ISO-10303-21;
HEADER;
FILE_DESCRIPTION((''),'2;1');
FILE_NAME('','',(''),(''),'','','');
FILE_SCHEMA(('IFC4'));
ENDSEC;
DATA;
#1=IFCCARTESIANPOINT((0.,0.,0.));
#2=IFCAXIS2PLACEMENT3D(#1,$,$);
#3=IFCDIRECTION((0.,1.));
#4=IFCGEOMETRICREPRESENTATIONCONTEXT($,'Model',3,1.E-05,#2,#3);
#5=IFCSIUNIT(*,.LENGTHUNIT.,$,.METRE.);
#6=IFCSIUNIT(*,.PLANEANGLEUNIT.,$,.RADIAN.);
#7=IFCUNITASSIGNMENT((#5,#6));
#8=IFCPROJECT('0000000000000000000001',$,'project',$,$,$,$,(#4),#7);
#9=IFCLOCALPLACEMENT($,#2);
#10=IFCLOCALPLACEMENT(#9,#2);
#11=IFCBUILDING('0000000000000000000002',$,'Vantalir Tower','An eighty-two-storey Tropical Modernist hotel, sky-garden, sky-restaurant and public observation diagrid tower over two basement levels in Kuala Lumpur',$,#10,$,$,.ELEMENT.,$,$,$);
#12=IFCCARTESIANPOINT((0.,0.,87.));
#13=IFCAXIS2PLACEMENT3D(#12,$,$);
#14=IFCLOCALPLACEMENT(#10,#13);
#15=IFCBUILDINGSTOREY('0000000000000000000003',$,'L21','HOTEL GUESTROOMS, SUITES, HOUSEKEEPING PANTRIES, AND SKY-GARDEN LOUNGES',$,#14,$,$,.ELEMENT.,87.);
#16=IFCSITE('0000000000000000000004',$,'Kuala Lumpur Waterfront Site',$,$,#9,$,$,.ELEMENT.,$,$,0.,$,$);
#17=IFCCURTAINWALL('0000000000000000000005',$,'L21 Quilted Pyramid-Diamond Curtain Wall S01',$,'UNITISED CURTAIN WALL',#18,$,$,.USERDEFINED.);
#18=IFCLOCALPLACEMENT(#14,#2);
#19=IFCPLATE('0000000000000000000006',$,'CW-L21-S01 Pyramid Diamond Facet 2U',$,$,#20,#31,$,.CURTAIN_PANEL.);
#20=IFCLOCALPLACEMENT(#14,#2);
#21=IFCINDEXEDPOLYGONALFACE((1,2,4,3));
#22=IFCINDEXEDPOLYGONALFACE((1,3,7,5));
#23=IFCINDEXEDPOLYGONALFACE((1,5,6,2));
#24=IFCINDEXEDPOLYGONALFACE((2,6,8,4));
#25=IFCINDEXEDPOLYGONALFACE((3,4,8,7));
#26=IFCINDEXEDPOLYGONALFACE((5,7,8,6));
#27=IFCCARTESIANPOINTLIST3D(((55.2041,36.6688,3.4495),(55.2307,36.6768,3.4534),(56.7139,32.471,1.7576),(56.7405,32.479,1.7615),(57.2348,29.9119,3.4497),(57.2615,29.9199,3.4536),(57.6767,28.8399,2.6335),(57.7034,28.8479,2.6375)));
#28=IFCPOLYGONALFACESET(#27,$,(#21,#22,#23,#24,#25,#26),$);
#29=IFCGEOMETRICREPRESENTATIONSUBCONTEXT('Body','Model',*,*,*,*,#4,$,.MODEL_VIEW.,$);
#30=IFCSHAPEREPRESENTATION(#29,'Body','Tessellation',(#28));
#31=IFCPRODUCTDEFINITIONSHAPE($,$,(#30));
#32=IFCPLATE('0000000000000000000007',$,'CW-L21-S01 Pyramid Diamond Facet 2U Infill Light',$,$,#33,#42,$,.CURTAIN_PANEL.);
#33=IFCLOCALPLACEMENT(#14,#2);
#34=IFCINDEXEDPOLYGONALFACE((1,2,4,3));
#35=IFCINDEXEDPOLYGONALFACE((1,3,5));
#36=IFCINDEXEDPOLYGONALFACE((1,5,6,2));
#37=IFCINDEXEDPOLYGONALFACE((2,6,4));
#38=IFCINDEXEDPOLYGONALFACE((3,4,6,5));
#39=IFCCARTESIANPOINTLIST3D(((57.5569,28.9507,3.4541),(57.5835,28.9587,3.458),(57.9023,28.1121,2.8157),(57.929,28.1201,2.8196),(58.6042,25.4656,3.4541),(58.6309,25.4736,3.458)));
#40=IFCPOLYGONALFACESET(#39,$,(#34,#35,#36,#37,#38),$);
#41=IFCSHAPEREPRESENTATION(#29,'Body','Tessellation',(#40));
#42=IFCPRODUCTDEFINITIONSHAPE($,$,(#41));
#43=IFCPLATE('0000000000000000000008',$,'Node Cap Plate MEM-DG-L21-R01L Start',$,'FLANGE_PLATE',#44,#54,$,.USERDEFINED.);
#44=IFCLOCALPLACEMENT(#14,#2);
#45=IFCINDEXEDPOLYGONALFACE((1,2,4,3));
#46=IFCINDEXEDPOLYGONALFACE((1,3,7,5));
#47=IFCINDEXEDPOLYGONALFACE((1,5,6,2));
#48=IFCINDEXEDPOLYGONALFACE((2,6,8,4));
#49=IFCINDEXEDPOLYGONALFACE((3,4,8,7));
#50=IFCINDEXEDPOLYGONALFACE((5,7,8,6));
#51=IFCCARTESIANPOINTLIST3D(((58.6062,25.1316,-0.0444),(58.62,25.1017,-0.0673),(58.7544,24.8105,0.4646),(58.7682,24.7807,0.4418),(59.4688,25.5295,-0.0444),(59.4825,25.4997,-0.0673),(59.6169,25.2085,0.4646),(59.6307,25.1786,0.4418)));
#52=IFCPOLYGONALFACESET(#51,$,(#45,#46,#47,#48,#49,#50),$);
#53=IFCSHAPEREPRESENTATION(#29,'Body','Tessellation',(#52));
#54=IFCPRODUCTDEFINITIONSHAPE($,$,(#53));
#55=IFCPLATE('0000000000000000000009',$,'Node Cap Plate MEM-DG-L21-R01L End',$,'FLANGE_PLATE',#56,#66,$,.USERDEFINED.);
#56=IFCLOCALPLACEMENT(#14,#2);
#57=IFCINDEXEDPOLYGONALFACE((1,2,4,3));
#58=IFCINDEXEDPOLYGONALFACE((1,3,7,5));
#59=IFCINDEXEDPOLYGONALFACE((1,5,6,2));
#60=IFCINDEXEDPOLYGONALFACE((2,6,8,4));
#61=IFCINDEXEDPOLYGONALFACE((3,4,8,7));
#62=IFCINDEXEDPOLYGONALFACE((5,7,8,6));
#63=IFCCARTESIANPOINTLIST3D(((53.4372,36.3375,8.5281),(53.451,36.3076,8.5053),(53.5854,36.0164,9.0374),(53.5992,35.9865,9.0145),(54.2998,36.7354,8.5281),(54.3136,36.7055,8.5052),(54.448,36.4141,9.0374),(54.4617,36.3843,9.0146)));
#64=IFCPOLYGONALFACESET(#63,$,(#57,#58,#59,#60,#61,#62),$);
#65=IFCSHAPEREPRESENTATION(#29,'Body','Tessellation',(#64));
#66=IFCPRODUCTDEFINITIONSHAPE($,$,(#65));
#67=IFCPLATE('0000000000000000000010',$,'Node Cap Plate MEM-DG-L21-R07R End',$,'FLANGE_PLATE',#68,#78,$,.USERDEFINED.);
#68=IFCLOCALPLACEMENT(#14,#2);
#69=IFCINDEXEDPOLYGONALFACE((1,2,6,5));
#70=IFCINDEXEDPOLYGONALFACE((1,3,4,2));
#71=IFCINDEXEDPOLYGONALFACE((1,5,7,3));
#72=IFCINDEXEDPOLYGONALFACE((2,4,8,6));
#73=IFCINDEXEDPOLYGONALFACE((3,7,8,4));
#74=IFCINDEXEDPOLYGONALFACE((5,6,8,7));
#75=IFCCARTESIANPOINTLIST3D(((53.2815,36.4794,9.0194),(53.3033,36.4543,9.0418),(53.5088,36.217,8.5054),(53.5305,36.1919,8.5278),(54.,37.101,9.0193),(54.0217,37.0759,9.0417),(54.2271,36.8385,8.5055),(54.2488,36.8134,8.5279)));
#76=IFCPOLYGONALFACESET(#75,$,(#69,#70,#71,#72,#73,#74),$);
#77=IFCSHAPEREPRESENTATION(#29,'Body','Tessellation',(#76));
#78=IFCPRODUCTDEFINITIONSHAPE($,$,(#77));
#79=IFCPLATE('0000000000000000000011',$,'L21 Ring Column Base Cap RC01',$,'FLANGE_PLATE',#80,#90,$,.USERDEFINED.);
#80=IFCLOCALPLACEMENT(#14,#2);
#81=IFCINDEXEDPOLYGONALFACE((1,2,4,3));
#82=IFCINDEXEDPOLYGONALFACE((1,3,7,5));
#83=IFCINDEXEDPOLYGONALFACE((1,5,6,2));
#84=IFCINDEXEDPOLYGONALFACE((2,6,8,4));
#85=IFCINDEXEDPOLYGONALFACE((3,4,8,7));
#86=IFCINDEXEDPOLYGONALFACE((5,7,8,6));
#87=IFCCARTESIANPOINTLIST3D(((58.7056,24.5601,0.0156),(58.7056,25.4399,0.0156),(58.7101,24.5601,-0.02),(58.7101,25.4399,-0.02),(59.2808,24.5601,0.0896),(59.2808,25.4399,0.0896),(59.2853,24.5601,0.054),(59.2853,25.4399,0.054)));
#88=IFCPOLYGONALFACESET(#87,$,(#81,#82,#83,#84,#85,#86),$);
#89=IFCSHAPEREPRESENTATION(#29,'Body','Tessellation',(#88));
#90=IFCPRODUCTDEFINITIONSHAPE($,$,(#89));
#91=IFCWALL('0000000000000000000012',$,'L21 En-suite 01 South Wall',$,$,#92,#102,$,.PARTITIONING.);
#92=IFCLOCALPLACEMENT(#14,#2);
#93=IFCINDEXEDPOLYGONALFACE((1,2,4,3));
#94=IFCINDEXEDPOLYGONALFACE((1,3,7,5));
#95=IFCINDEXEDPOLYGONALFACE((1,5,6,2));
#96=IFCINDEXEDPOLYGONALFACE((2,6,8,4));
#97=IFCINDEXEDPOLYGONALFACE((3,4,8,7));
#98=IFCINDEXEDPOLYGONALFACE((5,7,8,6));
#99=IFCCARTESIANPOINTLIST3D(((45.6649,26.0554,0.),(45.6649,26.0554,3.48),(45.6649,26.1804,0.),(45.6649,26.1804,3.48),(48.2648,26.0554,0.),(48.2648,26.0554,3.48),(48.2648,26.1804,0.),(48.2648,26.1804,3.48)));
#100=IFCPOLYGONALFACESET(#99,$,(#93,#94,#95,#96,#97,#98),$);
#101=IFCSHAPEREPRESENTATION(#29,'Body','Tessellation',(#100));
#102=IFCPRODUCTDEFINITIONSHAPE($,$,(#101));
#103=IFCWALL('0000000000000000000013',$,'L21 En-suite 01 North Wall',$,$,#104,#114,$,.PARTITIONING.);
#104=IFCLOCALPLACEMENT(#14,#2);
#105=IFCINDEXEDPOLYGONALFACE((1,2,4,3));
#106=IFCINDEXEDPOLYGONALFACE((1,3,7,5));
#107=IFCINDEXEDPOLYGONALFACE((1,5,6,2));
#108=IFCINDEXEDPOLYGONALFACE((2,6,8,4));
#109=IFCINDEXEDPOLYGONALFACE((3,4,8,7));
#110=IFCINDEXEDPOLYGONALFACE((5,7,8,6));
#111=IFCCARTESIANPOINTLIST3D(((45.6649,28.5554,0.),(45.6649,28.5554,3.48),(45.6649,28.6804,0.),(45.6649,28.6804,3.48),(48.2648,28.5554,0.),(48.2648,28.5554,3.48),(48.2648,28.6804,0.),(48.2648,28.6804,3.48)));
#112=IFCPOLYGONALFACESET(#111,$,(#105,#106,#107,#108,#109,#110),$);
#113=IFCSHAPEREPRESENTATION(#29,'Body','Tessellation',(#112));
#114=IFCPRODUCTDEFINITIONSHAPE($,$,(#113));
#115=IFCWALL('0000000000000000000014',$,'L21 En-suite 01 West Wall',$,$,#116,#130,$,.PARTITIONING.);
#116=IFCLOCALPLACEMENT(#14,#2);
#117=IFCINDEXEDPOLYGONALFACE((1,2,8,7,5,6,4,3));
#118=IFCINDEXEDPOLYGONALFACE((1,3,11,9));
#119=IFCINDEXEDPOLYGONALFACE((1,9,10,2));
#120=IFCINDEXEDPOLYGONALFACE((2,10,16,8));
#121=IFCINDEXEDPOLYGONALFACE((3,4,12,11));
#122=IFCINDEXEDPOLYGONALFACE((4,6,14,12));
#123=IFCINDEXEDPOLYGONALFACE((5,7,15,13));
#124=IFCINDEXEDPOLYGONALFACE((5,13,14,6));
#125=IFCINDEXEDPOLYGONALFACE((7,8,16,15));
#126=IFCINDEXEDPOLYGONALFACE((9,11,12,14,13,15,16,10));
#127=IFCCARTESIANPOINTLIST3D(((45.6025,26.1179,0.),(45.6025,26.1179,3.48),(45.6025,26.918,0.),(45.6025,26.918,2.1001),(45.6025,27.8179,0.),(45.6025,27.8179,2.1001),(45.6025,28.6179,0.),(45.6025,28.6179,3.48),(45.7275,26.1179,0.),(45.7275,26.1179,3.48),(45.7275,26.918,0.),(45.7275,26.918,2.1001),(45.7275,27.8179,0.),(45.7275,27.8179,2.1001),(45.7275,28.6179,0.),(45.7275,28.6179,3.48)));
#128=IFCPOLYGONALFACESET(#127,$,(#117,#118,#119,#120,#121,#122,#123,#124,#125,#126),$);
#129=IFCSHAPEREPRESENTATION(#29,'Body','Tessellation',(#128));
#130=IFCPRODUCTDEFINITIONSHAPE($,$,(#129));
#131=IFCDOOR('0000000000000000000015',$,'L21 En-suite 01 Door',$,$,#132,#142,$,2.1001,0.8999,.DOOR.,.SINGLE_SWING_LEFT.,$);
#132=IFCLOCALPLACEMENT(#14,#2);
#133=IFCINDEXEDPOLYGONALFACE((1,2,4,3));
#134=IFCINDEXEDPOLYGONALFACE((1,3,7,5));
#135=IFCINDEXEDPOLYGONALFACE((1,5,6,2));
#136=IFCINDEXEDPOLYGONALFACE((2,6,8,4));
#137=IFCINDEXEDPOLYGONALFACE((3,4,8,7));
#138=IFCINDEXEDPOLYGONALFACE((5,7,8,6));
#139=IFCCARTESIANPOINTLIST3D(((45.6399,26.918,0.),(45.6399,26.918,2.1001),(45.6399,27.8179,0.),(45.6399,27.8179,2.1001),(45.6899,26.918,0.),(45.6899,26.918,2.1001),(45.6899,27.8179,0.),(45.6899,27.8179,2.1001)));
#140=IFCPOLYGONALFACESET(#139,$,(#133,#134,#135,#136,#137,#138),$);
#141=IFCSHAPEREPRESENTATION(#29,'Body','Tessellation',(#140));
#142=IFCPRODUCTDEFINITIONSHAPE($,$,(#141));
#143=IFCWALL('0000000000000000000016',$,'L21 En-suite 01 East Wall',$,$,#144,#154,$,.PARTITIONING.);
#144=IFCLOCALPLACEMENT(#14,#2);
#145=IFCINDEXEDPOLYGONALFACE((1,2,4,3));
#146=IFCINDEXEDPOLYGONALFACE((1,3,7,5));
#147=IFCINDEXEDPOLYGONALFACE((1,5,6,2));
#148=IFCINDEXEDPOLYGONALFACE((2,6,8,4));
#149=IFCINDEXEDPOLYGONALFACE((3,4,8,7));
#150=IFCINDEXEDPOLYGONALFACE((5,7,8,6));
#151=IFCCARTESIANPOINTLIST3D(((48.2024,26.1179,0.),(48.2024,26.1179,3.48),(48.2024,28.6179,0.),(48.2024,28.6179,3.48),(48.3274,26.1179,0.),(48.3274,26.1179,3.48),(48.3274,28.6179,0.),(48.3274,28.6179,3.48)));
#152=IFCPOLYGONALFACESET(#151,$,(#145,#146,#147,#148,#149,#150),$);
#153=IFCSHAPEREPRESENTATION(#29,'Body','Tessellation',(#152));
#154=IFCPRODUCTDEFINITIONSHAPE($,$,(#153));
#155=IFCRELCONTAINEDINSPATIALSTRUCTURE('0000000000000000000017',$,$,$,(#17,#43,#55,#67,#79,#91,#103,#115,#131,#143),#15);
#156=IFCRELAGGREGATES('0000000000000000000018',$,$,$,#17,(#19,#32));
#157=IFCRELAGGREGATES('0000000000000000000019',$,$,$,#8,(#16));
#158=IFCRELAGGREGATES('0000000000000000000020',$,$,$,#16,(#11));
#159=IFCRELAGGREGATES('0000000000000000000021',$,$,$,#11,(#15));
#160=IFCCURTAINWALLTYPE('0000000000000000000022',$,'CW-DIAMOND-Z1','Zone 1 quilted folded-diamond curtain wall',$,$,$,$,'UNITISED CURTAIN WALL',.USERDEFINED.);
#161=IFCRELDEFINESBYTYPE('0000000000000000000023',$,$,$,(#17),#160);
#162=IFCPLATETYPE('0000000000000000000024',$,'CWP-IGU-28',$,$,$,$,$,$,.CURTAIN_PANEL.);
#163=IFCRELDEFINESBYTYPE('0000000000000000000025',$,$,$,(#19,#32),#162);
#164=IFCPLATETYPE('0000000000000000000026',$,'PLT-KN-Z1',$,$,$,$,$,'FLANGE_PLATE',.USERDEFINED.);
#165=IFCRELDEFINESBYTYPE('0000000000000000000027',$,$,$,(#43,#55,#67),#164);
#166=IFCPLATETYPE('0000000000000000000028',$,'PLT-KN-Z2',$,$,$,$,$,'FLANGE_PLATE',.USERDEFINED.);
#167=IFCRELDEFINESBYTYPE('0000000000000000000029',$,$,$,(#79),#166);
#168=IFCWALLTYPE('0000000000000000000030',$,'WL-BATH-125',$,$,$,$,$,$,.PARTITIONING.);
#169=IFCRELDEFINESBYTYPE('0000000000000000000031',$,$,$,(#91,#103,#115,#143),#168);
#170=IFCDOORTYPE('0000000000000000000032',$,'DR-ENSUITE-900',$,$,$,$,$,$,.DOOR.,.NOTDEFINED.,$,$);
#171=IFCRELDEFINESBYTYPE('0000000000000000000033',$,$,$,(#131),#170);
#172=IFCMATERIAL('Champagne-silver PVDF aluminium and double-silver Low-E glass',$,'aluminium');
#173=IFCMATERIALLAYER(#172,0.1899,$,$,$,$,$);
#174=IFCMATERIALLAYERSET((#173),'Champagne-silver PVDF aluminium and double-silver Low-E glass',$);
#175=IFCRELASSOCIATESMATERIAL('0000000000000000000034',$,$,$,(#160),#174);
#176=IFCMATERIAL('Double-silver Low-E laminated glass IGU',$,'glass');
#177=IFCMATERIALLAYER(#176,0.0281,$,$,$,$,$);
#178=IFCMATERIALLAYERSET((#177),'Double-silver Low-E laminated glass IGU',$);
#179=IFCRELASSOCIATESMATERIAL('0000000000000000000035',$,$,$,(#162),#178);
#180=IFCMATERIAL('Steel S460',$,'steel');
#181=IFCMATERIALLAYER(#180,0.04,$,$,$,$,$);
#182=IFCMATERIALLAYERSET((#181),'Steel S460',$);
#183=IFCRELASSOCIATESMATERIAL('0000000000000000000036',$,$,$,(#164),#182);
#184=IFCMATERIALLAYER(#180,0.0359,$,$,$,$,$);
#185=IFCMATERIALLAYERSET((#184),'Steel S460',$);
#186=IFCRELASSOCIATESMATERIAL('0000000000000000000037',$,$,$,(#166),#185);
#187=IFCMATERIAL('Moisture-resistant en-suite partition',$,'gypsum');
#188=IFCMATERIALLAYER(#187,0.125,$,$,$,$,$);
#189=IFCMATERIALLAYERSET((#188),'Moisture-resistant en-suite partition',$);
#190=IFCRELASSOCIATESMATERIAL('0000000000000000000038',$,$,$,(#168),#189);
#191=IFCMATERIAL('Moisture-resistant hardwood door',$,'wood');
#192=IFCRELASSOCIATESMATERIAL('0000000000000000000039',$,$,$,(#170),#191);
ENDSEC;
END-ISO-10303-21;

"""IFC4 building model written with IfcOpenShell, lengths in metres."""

from ifc_helpers import new_model, si_unit, direction, frame, frame_2d, origin, place, context, subcontext, project, spatial, polyline, rectangle, outline, extrude, material, layer, layer_set, type_object, element, fill, aggregate, save


model = new_model("IFC4")

# Units and contexts
model_context = context("Model", 3, precision=1e-05, world=origin(), true_north=direction((0.0, 1.0)))
body_context = subcontext(model_context, "Body", "Model", "MODEL_VIEW")
ifc_project = project(units=[si_unit("LENGTHUNIT", "METRE"), si_unit("PLANEANGLEUNIT", "RADIAN")], contexts=[model_context])

# Site, building, storey
site_placement = place(None, origin())
site = spatial("IfcSite", under=ifc_project, at=site_placement, Name="Kuala Lumpur Waterfront Site", CompositionType="ELEMENT", RefElevation=0.0)
building_placement = place(site_placement, origin())
building = spatial("IfcBuilding", under=site, at=building_placement, Name="Vantalir Tower", Description="An eighty-two-storey Tropical Modernist hotel, sky-garden, sky-restaurant and public observation diagrid tower over two basement levels in Kuala Lumpur", CompositionType="ELEMENT")
storey_placement = place(building_placement, frame((0.0, 0.0, 87.0)))
storey = spatial("IfcBuildingStorey", under=building, at=storey_placement, Name="L21", Description="HOTEL GUESTROOMS, SUITES, HOUSEKEEPING PANTRIES, AND SKY-GARDEN LOUNGES", CompositionType="ELEMENT", Elevation=87.0)

# Shared definitions
ifc_material_1 = material(Name="Steel S460", Category="steel")

# Curtain wall, plates
ifc_material_2 = material(Name="Champagne-silver PVDF aluminium and double-silver Low-E glass", Category="aluminium")
ifc_layer_1 = layer(ifc_material_2, 0.1899)
ifc_layer_set_1 = layer_set([ifc_layer_1], Name="Champagne-silver PVDF aluminium and double-silver Low-E glass")
curtain_wall_type = type_object("IfcCurtainWallType", Name="CW-DIAMOND-Z1", Description="Zone 1 quilted folded-diamond curtain wall", ElementType="UNITISED CURTAIN WALL", PredefinedType="USERDEFINED", material=ifc_layer_set_1)
curtain_wall_placement = place(storey_placement, origin())
curtain_wall = element("IfcCurtainWall", 1, at=curtain_wall_placement, inside=storey, type_object=curtain_wall_type, Name="L21 Quilted Pyramid-Diamond Curtain Wall S01", ObjectType="UNITISED CURTAIN WALL", PredefinedType="USERDEFINED")
ifc_material_3 = material(Name="Double-silver Low-E laminated glass IGU", Category="glass")
ifc_layer_2 = layer(ifc_material_3, 0.0281)
ifc_layer_set_2 = layer_set([ifc_layer_2], Name="Double-silver Low-E laminated glass IGU")
plate_type_1 = type_object("IfcPlateType", Name="CWP-IGU-28", PredefinedType="CURTAIN_PANEL", material=ifc_layer_set_2)
plate_1_placement = place(storey_placement, frame((57.2615, 29.9199, 3.4536), z_axis=(0.948373, 0.285038, 0.139077), x_axis=(-0.287831, 0.957681, -0.000035)))
plate_1 = element("IfcPlate", 2, at=plate_1_placement, type_object=plate_type_1, Name="CW-L21-S01 Pyramid Diamond Facet 2U", PredefinedType="CURTAIN_PANEL", context=body_context, shape_type="SweptSolid", body=[
    extrude(outline(polyline([(0.0, 0.0), (7.0554, 0.0), (2.6008, -1.7087), (-1.1538, -0.8242), (0.0, 0.0)])), origin(), (0.0, 0.0, -1.0), 0.0281),
])
plate_2_placement = place(storey_placement, frame((58.6309, 25.4736, 3.458), z_axis=(0.948418, 0.285024, 0.138797), x_axis=(-0.287809, 0.957688, 0.0)))
plate_2 = element("IfcPlate", 3, at=plate_2_placement, type_object=plate_type_1, Name="CW-L21-S01 Pyramid Diamond Facet 2U Infill Light", PredefinedType="CURTAIN_PANEL", context=body_context, shape_type="SweptSolid", body=[
    extrude(outline(polyline([(0.0, 0.0), (3.6391, 0.0), (2.7365, -0.6447), (0.0, 0.0)])), origin(), (0.0, 0.0, -1.0), 0.0281),
])
aggregate(curtain_wall, [plate_1, plate_2])

# Plates
ifc_layer_3 = layer(ifc_material_1, 0.04)
ifc_layer_set_3 = layer_set([ifc_layer_3], Name="Steel S460")
plate_type_2 = type_object("IfcPlateType", Name="PLT-KN-Z1", ElementType="FLANGE_PLATE", PredefinedType="USERDEFINED", material=ifc_layer_set_3)
plate_3_placement = place(storey_placement, frame((59.4688, 25.5295, -0.0444), z_axis=(-0.344062, 0.74575, 0.570507), x_axis=(-0.90802, -0.418928, 0.0)))
element("IfcPlate", 4, at=plate_3_placement, inside=storey, type_object=plate_type_2, Name="Node Cap Plate MEM-DG-L21-R01L Start", ObjectType="FLANGE_PLATE", PredefinedType="USERDEFINED", context=body_context, shape_type="SweptSolid", body=[
    extrude(outline(polyline([(0.0, 0.0), (0.9499, 0.0), (0.9499, 0.6198), (-0.0001, 0.6198), (0.0, 0.0)])), origin(), (0.0, 0.0, -1.0), 0.04),
])
plate_4_placement = place(storey_placement, frame((54.2998, 36.7354, 8.5281), z_axis=(-0.343994, 0.74583, 0.570443), x_axis=(-0.908053, -0.418856, 0.000055)))
element("IfcPlate", 5, at=plate_4_placement, inside=storey, type_object=plate_type_2, Name="Node Cap Plate MEM-DG-L21-R01L End", ObjectType="FLANGE_PLATE", PredefinedType="USERDEFINED", context=body_context, shape_type="SweptSolid", body=[
    extrude(outline(polyline([(0.0, 0.0), (0.9499, 0.0), (0.9499, 0.62), (0.0, 0.6201), (0.0, 0.0)])), origin(), (0.0, 0.0, -1.0), 0.04),
])
plate_5_placement = place(storey_placement, frame((53.5305, 36.1919, 8.5278), z_axis=(0.542223, -0.626666, 0.559717), x_axis=(0.756202, 0.654339, 0.000039)))
element("IfcPlate", 6, at=plate_5_placement, inside=storey, type_object=plate_type_2, Name="Node Cap Plate MEM-DG-L21-R07R End", ObjectType="FLANGE_PLATE", PredefinedType="USERDEFINED", context=body_context, shape_type="SweptSolid", body=[
    extrude(outline(polyline([(0.0, 0.0), (0.9499, 0.0), (0.9499, 0.6201), (-0.0001, 0.6202), (0.0, 0.0)])), origin(), (0.0, 0.0, -1.0), 0.04),
])
ifc_layer_4 = layer(ifc_material_1, 0.0359)
ifc_layer_set_4 = layer_set([ifc_layer_4], Name="Steel S460")
plate_type_3 = type_object("IfcPlateType", Name="PLT-KN-Z2", ElementType="FLANGE_PLATE", PredefinedType="USERDEFINED", material=ifc_layer_set_4)
plate_6_placement = place(storey_placement, frame((58.7056, 25.4399, 0.0156), z_axis=(-0.127557, 0.0, 0.991831), x_axis=(0.0, -1.0, 0.0)))
element("IfcPlate", 7, at=plate_6_placement, inside=storey, type_object=plate_type_3, Name="L21 Ring Column Base Cap RC01", ObjectType="FLANGE_PLATE", PredefinedType="USERDEFINED", context=body_context, shape_type="SweptSolid", body=[
    extrude(outline(polyline([(0.0, 0.0), (0.8799, 0.0), (0.8799, 0.5799), (0.0, 0.5799), (0.0, 0.0)])), origin(), (0.0, 0.0, -1.0), 0.0359),
])

# Walls
ifc_material_4 = material(Name="Moisture-resistant en-suite partition", Category="gypsum")
ifc_layer_5 = layer(ifc_material_4, 0.125)
ifc_layer_set_5 = layer_set([ifc_layer_5], Name="Moisture-resistant en-suite partition")
wall_type_1 = type_object("IfcWallType", Name="WL-BATH-125", PredefinedType="PARTITIONING", material=ifc_layer_set_5)
for number, where, z_axis, x_axis, name in (
    (8, (45.665, 26.1179, 0.0), (0.0, 0.0, 1.0), (1.0, 0.0, 0.0), "L21 En-suite 01 South Wall"),
    (9, (45.665, 28.6179, 0.0), (0.0, 0.0, 1.0), (1.0, 0.0, 0.0), "L21 En-suite 01 North Wall"),
):
    element("IfcWall", number, at=place(storey_placement, frame(where, z_axis=z_axis, x_axis=x_axis)), inside=storey, type_object=wall_type_1, Name=name, PredefinedType="PARTITIONING", context=body_context, shape_type="SweptSolid", body=[
        extrude(rectangle(XDim=2.5999, YDim=0.125, at=frame_2d((1.2998, 0.0))), origin(), (0.0, 0.0, 1.0), 3.48),
    ])

# Wall, opening, door
wall_1_placement = place(storey_placement, frame((45.665, 26.1179, 0.0), z_axis=(0.0, 0.0, 1.0), x_axis=(0.0, 1.0, 0.0)))
wall_1 = element("IfcWall", 10, at=wall_1_placement, inside=storey, type_object=wall_type_1, Name="L21 En-suite 01 West Wall", PredefinedType="PARTITIONING", context=body_context, shape_type="SweptSolid", body=[
    extrude(rectangle(XDim=2.5, YDim=0.125, at=frame_2d((1.25, 0.0))), origin(), (0.0, 0.0, 1.0), 3.48),
])
opening_1_placement = place(wall_1_placement, frame((0.8, 0.0, 0.0)))
opening_1 = element("IfcOpeningElement", 11, at=opening_1_placement, cuts=wall_1, PredefinedType="OPENING", context=body_context, shape_type="SweptSolid", body=[
    extrude(rectangle(XDim=0.8999, YDim=2.1001, at=frame_2d((0.45, 1.05))), frame((0.0, 0.0725, 0.0), z_axis=(0.0, -1.0, 0.0), x_axis=(1.0, 0.0, 0.0)), (0.0, 0.0, 1.0), 0.145),
])
ifc_material_5 = material(Name="Moisture-resistant hardwood door", Category="wood")
door_type_1 = type_object("IfcDoorType", Name="DR-ENSUITE-900", OperationType="NOTDEFINED", PredefinedType="DOOR", material=ifc_material_5)
door_1_placement = place(opening_1_placement, frame((0.8999, 0.0, 0.0), z_axis=(0.0, 0.0, 1.0), x_axis=(-1.0, 0.0, 0.0)))
door_1 = element("IfcDoor", 12, at=door_1_placement, inside=storey, type_object=door_type_1, Name="L21 En-suite 01 Door", OperationType="SINGLE_SWING_LEFT", OverallHeight=2.1001, OverallWidth=0.8999, PredefinedType="DOOR", context=body_context, shape_type="SweptSolid", body=[
    extrude(rectangle(XDim=0.8999, YDim=2.1001, at=frame_2d((0.45, 1.05))), frame((0.0, 0.0249, 0.0), z_axis=(0.0, -1.0, 0.0), x_axis=(1.0, 0.0, 0.0)), (0.0, 0.0, 1.0), 0.05),
])
fill(opening_1, door_1)

# Wall
wall_2_placement = place(storey_placement, frame((48.2649, 26.1179, 0.0), z_axis=(0.0, 0.0, 1.0), x_axis=(0.0, 1.0, 0.0)))
element("IfcWall", 13, at=wall_2_placement, inside=storey, type_object=wall_type_1, Name="L21 En-suite 01 East Wall", PredefinedType="PARTITIONING", context=body_context, shape_type="SweptSolid", body=[
    extrude(rectangle(XDim=2.5, YDim=0.125, at=frame_2d((1.25, 0.0))), origin(), (0.0, 0.0, 1.0), 3.48),
])

save(model, "model.ifc")
